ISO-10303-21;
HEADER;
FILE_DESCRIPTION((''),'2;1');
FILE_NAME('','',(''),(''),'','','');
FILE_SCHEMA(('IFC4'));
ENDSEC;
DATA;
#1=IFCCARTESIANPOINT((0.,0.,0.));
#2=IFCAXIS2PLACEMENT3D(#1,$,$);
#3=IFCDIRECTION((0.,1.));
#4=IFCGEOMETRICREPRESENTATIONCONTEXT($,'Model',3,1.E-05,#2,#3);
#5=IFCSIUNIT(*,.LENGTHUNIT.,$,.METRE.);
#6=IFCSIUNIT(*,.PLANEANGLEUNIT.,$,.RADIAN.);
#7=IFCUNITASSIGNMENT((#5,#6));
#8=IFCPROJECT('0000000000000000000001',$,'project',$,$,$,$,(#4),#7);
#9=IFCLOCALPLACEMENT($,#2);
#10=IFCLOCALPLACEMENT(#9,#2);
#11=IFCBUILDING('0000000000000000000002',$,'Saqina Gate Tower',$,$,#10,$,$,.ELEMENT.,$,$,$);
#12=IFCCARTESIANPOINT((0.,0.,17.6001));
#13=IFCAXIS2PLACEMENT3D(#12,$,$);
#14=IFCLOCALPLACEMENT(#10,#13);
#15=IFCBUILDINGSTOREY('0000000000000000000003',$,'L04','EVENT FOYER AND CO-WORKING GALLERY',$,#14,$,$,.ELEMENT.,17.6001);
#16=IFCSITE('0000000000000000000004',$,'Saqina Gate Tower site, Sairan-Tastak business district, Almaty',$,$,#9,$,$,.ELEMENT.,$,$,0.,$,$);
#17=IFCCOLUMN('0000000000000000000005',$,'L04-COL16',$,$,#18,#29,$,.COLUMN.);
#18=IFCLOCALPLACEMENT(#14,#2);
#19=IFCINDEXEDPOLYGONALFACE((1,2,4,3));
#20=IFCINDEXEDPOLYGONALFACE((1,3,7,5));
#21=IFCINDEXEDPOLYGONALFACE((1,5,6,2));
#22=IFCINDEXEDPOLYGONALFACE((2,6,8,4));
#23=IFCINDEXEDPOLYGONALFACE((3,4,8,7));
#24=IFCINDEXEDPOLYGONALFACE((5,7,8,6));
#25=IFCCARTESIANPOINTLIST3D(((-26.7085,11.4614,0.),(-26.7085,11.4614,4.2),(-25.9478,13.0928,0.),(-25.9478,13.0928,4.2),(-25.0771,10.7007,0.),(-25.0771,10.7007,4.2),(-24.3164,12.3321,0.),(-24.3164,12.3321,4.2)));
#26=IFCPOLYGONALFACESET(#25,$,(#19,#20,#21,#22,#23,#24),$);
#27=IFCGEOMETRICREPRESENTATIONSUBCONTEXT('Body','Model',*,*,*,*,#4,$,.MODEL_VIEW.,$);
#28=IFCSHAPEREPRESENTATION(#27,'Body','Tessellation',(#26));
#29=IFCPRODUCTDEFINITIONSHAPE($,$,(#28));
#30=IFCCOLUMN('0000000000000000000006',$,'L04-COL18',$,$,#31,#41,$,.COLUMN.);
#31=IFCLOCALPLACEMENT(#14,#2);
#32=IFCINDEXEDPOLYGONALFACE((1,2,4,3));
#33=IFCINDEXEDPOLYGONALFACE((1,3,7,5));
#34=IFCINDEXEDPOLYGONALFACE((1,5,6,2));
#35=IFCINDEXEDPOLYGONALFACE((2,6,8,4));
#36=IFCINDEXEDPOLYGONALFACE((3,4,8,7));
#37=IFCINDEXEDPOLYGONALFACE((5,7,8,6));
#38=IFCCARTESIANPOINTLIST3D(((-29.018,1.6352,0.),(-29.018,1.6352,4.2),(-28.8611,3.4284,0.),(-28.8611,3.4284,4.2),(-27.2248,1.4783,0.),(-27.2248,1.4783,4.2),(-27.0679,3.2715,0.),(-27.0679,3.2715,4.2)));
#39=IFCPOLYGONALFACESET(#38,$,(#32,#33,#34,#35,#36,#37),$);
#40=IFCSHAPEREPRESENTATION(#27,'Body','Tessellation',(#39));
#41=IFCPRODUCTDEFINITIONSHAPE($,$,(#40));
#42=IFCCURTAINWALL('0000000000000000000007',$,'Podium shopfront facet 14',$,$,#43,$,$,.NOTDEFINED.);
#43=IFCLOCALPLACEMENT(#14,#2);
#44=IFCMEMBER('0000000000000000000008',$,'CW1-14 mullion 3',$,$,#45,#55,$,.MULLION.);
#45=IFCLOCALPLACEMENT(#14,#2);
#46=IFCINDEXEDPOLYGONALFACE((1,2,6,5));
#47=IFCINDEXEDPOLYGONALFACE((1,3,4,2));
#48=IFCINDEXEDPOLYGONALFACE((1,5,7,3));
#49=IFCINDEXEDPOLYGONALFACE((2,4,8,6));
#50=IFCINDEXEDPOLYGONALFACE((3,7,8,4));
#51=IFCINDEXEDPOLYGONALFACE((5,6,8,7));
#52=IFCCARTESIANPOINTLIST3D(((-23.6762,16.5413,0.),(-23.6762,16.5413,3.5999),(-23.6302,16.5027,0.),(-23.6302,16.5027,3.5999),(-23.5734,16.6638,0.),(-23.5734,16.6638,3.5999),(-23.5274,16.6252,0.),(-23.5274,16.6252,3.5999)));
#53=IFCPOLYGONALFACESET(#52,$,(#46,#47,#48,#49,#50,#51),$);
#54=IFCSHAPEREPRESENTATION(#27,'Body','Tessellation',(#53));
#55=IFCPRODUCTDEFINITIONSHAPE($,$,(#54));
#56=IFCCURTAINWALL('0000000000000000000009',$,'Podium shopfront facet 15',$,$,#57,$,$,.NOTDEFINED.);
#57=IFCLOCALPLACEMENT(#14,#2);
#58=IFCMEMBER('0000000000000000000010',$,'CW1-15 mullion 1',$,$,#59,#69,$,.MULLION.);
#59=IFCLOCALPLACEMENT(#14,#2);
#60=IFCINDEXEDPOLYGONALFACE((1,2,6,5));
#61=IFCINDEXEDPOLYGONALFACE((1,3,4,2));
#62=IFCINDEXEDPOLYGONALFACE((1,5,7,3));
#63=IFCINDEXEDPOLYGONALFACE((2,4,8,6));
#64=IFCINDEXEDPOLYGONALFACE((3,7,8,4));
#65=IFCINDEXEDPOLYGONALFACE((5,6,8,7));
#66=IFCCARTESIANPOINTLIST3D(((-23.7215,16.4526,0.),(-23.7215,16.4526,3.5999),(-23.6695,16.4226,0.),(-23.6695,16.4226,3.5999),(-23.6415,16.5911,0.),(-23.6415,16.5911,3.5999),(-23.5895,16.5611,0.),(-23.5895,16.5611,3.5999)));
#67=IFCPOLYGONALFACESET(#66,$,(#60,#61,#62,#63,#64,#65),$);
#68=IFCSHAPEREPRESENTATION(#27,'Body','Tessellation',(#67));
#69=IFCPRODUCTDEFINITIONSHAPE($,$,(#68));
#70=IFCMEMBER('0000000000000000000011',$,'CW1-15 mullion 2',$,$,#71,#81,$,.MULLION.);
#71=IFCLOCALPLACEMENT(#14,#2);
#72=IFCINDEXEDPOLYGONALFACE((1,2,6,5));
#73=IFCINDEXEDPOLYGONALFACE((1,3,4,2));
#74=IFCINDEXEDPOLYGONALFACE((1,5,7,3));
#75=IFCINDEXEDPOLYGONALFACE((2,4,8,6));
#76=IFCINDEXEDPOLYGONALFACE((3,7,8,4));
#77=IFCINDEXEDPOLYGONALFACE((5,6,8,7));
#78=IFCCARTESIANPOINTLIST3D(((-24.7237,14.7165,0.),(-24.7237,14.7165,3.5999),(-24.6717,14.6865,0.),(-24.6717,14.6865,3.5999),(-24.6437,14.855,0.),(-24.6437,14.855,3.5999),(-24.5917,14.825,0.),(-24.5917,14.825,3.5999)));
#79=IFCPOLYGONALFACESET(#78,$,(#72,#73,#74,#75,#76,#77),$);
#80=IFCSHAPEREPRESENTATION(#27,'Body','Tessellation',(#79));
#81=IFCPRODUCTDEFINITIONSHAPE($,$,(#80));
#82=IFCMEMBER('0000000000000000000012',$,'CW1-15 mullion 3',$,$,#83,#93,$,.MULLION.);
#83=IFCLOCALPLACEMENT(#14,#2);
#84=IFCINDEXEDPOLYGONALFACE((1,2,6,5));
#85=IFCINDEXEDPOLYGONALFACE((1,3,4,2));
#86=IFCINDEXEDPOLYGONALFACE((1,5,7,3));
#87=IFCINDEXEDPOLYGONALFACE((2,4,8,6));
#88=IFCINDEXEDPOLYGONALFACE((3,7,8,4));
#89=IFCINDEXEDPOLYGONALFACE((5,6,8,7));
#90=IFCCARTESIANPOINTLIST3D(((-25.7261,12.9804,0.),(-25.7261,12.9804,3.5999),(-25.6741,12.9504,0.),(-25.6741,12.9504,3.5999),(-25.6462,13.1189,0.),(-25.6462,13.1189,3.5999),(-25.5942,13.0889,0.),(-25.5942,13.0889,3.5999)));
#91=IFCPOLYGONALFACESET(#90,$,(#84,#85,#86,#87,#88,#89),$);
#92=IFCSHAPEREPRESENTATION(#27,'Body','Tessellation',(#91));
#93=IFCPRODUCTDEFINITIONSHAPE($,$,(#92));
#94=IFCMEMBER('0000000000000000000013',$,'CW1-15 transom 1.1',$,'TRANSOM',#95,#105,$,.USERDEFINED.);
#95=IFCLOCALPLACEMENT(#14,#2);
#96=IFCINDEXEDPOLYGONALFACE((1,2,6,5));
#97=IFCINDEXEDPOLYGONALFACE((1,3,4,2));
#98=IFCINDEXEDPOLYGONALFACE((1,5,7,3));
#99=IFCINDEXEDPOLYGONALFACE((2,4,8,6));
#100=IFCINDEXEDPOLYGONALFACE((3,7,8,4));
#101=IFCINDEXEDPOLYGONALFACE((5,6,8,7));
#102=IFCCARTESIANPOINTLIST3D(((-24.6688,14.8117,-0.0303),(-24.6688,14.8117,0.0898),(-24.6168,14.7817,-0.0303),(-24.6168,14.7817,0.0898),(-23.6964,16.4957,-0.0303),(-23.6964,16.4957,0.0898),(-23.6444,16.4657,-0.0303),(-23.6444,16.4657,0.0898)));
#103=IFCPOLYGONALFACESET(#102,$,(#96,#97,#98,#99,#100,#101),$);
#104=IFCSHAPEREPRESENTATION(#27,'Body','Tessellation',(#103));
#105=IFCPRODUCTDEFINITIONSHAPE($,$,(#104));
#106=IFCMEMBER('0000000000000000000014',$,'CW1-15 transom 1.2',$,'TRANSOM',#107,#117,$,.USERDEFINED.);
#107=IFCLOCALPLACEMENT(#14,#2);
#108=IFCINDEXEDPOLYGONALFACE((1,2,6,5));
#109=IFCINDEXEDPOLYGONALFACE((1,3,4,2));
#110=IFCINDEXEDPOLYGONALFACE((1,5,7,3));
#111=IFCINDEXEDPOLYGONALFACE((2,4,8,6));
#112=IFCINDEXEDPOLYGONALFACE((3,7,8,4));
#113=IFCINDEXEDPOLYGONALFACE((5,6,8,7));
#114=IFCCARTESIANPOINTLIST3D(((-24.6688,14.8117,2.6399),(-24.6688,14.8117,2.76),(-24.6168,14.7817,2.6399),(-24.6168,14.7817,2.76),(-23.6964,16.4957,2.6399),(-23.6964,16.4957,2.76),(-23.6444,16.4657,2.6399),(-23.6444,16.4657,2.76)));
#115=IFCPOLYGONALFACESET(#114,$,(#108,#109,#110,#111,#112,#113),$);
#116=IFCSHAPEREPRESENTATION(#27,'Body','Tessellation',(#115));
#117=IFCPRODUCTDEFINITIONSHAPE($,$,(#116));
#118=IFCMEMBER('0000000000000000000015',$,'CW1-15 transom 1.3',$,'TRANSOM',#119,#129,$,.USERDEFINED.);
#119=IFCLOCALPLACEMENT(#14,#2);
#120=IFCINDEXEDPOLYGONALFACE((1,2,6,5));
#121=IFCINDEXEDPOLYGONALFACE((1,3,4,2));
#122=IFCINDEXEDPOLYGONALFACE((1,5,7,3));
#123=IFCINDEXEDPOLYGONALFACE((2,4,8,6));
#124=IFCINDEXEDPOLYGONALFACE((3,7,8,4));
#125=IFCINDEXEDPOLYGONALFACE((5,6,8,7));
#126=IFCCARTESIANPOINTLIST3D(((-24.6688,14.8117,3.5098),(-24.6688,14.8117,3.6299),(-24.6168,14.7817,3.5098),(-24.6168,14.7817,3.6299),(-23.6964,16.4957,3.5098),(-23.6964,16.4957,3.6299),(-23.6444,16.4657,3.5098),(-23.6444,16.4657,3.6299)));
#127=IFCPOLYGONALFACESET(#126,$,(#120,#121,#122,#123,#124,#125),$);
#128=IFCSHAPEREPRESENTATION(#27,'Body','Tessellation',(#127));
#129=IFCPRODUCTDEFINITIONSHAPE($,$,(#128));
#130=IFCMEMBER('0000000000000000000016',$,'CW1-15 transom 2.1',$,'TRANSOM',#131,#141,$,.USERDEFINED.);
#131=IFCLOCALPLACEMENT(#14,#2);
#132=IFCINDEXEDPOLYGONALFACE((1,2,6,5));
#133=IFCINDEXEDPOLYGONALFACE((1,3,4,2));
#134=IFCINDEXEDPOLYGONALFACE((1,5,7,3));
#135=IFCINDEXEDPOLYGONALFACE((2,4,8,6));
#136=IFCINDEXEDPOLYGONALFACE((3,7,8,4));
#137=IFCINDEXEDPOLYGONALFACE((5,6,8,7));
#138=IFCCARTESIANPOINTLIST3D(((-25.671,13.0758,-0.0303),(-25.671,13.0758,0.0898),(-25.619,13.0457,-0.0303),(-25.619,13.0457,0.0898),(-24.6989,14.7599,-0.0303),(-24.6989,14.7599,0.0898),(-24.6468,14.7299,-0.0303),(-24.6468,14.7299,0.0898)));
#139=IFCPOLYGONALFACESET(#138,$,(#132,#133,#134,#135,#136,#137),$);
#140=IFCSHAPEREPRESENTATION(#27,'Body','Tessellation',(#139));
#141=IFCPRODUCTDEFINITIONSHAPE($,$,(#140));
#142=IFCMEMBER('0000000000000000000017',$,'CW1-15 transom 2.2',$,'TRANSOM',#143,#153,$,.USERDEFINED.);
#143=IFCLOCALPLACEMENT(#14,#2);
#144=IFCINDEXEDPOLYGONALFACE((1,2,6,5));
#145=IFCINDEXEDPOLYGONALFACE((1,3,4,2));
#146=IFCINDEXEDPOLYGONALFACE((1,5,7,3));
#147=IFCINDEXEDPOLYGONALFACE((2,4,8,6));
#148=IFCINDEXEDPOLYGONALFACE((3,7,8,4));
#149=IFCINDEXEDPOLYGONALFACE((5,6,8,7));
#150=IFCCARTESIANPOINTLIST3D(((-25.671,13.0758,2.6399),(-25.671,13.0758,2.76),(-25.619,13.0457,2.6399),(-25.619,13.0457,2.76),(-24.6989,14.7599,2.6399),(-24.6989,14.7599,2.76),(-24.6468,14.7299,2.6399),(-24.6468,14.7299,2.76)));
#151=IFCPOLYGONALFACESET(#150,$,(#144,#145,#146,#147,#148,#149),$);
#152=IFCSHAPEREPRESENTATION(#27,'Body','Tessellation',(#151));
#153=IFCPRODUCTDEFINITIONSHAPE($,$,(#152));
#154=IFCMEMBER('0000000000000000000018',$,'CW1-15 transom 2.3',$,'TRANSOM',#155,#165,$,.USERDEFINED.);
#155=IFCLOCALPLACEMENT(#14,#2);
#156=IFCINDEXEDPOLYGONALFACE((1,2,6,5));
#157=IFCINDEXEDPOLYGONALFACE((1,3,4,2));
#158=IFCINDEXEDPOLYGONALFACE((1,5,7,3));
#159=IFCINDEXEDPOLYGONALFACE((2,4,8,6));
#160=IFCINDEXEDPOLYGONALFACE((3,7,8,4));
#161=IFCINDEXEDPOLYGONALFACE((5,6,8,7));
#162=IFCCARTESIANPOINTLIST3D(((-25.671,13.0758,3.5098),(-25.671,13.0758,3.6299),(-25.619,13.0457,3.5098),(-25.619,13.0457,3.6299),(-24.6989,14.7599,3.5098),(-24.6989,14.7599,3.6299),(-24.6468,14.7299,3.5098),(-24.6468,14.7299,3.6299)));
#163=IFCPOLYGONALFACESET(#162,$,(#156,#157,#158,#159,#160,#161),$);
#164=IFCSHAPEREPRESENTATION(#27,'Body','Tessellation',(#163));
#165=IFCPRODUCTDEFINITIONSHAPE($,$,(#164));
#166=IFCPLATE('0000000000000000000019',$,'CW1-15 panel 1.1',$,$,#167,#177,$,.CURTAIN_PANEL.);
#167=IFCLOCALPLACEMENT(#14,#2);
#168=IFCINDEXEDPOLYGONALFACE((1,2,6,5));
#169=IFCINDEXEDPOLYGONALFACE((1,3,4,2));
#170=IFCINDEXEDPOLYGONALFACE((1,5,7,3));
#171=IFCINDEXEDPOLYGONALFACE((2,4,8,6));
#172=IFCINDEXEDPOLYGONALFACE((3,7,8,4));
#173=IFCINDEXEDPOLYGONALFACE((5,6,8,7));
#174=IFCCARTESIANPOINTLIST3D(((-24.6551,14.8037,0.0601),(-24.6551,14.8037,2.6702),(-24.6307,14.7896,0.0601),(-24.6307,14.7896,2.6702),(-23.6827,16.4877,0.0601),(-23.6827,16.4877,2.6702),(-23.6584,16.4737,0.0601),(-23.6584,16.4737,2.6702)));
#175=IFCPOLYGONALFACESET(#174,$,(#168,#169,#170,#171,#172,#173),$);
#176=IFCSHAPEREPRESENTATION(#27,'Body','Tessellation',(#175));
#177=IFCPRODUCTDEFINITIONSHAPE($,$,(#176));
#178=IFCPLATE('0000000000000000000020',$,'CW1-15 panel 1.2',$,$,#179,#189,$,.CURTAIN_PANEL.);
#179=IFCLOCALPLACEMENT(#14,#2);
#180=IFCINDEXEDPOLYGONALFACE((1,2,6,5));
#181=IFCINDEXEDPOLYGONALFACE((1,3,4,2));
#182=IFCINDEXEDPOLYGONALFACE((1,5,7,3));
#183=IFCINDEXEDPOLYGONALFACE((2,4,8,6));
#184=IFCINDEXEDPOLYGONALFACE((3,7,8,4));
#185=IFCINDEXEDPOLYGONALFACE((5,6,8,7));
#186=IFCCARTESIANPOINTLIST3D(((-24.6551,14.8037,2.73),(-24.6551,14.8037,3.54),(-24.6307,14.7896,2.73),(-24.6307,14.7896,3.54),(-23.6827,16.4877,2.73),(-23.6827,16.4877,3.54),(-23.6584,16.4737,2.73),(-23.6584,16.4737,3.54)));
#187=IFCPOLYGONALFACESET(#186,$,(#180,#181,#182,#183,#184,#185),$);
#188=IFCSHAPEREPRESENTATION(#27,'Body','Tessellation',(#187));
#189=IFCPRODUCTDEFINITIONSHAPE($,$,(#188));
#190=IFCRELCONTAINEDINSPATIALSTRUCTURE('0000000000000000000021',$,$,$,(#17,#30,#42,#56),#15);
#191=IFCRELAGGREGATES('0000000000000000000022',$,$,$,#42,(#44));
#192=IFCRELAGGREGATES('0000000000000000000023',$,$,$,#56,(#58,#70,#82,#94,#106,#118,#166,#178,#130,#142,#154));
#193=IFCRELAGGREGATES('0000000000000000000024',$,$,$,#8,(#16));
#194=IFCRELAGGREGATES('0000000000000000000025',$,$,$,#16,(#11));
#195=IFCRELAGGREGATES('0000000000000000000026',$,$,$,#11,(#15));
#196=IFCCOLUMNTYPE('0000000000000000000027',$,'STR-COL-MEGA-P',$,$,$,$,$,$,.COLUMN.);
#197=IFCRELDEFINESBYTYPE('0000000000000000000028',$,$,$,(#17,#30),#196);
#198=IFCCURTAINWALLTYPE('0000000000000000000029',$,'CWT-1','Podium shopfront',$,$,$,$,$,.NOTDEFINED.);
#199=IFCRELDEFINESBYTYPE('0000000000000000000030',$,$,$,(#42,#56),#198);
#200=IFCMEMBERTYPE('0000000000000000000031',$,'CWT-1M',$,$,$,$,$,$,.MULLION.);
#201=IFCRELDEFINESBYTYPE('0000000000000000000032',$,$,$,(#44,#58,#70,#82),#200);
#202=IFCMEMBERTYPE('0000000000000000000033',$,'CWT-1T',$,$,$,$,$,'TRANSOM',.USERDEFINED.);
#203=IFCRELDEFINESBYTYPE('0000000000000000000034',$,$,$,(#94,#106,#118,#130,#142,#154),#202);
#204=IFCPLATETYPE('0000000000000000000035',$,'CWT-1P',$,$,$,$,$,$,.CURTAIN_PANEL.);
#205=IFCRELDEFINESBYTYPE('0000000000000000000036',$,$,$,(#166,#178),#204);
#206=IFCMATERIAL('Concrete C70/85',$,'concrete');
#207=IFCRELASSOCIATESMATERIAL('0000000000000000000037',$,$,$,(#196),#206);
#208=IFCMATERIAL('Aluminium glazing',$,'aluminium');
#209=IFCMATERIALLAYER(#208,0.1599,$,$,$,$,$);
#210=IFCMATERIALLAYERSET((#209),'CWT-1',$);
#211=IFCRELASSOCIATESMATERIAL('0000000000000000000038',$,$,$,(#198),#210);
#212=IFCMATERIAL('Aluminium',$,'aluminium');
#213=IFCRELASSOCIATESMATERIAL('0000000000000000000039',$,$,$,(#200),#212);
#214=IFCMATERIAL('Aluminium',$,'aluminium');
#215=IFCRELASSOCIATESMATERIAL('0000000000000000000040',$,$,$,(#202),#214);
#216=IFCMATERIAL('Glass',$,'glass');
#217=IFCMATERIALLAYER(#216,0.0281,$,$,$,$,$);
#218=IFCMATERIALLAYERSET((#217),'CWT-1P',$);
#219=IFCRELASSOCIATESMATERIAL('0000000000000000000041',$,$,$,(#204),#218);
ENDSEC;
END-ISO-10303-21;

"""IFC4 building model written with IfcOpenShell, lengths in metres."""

from ifc_helpers import new_model, si_unit, direction, frame, origin, origin_2d, place, context, subcontext, project, spatial, rectangle, extrude, material, layer, layer_set, material_profile, profile_set, type_object, element, aggregate, save


model = new_model("IFC4")

# Units and contexts
model_context = context("Model", 3, precision=1e-05, world=origin(), true_north=direction((0.0, 1.0)))
body_context = subcontext(model_context, "Body", "Model", "MODEL_VIEW")
ifc_project = project(units=[si_unit("LENGTHUNIT", "METRE"), si_unit("PLANEANGLEUNIT", "RADIAN")], contexts=[model_context])

# Site, building, storey
site_placement = place(None, origin())
site = spatial("IfcSite", under=ifc_project, at=site_placement, Name="Saqina Gate Tower site, Sairan-Tastak business district, Almaty", CompositionType="ELEMENT", RefElevation=0.0)
building_placement = place(site_placement, origin())
building = spatial("IfcBuilding", under=site, at=building_placement, Name="Saqina Gate Tower", CompositionType="ELEMENT")
storey_placement = place(building_placement, frame((0.0, 0.0, 17.6001)))
storey = spatial("IfcBuildingStorey", under=building, at=storey_placement, Name="L04", Description="EVENT FOYER AND CO-WORKING GALLERY", CompositionType="ELEMENT", Elevation=17.6001)

# Columns
ifc_material_1 = material(Name="Concrete C70/85", Category="concrete")
ifc_material_profile_1 = material_profile(ifc_material_1, rectangle(XDim=1.8, YDim=1.8, at=origin_2d()), Name="RC 1800x1800")
ifc_profile_set_1 = profile_set([ifc_material_profile_1], Name="Concrete C70/85")
column_type = type_object("IfcColumnType", Name="STR-COL-MEGA-P", PredefinedType="COLUMN", material=ifc_profile_set_1)
for number, where, z_axis, x_axis, name in (
    (1, (-25.5125, 11.8967, 0.0), (0.0, 0.0, 1.0), (-0.906308, 0.422618, 0.0), "L04-COL16"),
    (2, (-28.043, 2.4534, 0.0), (0.0, 0.0, 1.0), (-0.996195, 0.087156, 0.0), "L04-COL18"),
):
    element("IfcColumn", number, at=place(storey_placement, frame(where, z_axis=z_axis, x_axis=x_axis)), inside=storey, type_object=column_type, Name=name, PredefinedType="COLUMN", context=body_context, shape_type="SweptSolid", body=[
        extrude(rectangle(XDim=1.8, YDim=1.8, at=origin_2d()), origin(), (0.0, 0.0, 1.0), 4.2),
    ])

# Curtain wall, member
ifc_material_2 = material(Name="Aluminium glazing", Category="aluminium")
ifc_layer_1 = layer(ifc_material_2, 0.1599)
ifc_layer_set_1 = layer_set([ifc_layer_1], Name="CWT-1")
curtain_wall_type = type_object("IfcCurtainWallType", Name="CWT-1", Description="Podium shopfront", PredefinedType="NOTDEFINED", material=ifc_layer_set_1)
curtain_wall_1_placement = place(storey_placement, origin())
curtain_wall_1 = element("IfcCurtainWall", 3, at=curtain_wall_1_placement, inside=storey, type_object=curtain_wall_type, Name="Podium shopfront facet 14", PredefinedType="NOTDEFINED")
ifc_material_3 = material(Name="Aluminium", Category="aluminium")
ifc_material_profile_2 = material_profile(ifc_material_3, rectangle(XDim=0.0601, YDim=0.1599, at=origin_2d()), Name="Aluminium 60x160")
ifc_profile_set_2 = profile_set([ifc_material_profile_2], Name="Aluminium")
member_type_1 = type_object("IfcMemberType", Name="CWT-1M", PredefinedType="MULLION", material=ifc_profile_set_2)
member_1_placement = place(storey_placement, frame((-23.6018, 16.5833, 0.0), z_axis=(0.0, 0.0, 1.0), x_axis=(0.766051, -0.642779, 0.0)))
member_1 = element("IfcMember", 4, at=member_1_placement, type_object=member_type_1, Name="CW1-14 mullion 3", PredefinedType="MULLION", context=body_context, shape_type="SweptSolid", body=[
    extrude(rectangle(XDim=0.0601, YDim=0.1599, at=origin_2d()), origin(), (0.0, 0.0, 1.0), 3.5999),
])
aggregate(curtain_wall_1, [member_1])

# Curtain wall, members, plates
curtain_wall_2_placement = place(storey_placement, origin())
curtain_wall_2 = element("IfcCurtainWall", 5, at=curtain_wall_2_placement, inside=storey, type_object=curtain_wall_type, Name="Podium shopfront facet 15", PredefinedType="NOTDEFINED")
member_2_placement = place(storey_placement, frame((-23.6555, 16.5068, 0.0), z_axis=(0.0, 0.0, 1.0), x_axis=(0.866017, -0.500014, 0.0)))
member_2 = element("IfcMember", 6, at=member_2_placement, type_object=member_type_1, Name="CW1-15 mullion 1", PredefinedType="MULLION", context=body_context, shape_type="SweptSolid", body=[
    extrude(rectangle(XDim=0.0601, YDim=0.1599, at=origin_2d()), origin(), (0.0, 0.0, 1.0), 3.5999),
])
member_3_placement = place(storey_placement, frame((-24.6577, 14.7708, 0.0), z_axis=(0.0, 0.0, 1.0), x_axis=(0.866017, -0.500014, 0.0)))
member_3 = element("IfcMember", 7, at=member_3_placement, type_object=member_type_1, Name="CW1-15 mullion 2", PredefinedType="MULLION", context=body_context, shape_type="SweptSolid", body=[
    extrude(rectangle(XDim=0.0601, YDim=0.1599, at=origin_2d()), origin(), (0.0, 0.0, 1.0), 3.5999),
])
member_4_placement = place(storey_placement, frame((-25.6602, 13.0347, 0.0), z_axis=(0.0, 0.0, 1.0), x_axis=(0.866017, -0.500014, 0.0)))
member_4 = element("IfcMember", 8, at=member_4_placement, type_object=member_type_1, Name="CW1-15 mullion 3", PredefinedType="MULLION", context=body_context, shape_type="SweptSolid", body=[
    extrude(rectangle(XDim=0.0601, YDim=0.1599, at=origin_2d()), origin(), (0.0, 0.0, 1.0), 3.5999),
])
ifc_material_4 = material(Name="Aluminium", Category="aluminium")
ifc_material_profile_3 = material_profile(ifc_material_4, rectangle(XDim=0.0601, YDim=0.1201, at=origin_2d()), Name="Aluminium 60x120")
ifc_profile_set_3 = profile_set([ifc_material_profile_3], Name="Aluminium")
member_type_2 = type_object("IfcMemberType", Name="CWT-1T", ElementType="TRANSOM", PredefinedType="USERDEFINED", material=ifc_profile_set_3)
member_5_placement = place(storey_placement, frame((-23.6704, 16.4807, 0.0298), z_axis=(-0.500041, -0.866002, 0.0), x_axis=(0.866002, -0.500041, 0.0)))
member_5 = element("IfcMember", 9, at=member_5_placement, type_object=member_type_2, Name="CW1-15 transom 1.1", ObjectType="TRANSOM", PredefinedType="USERDEFINED", context=body_context, shape_type="SweptSolid", body=[
    extrude(rectangle(XDim=0.0601, YDim=0.1201, at=origin_2d()), origin(), (0.0, 0.0, 1.0), 1.9446),
])
member_6_placement = place(storey_placement, frame((-23.6704, 16.4807, 2.7), z_axis=(-0.500041, -0.866002, 0.0), x_axis=(0.866002, -0.500041, 0.0)))
member_6 = element("IfcMember", 10, at=member_6_placement, type_object=member_type_2, Name="CW1-15 transom 1.2", ObjectType="TRANSOM", PredefinedType="USERDEFINED", context=body_context, shape_type="SweptSolid", body=[
    extrude(rectangle(XDim=0.0601, YDim=0.1201, at=origin_2d()), origin(), (0.0, 0.0, 1.0), 1.9446),
])
member_7_placement = place(storey_placement, frame((-23.6704, 16.4807, 3.5698), z_axis=(-0.500041, -0.866002, 0.0), x_axis=(0.866002, -0.500041, 0.0)))
member_7 = element("IfcMember", 11, at=member_7_placement, type_object=member_type_2, Name="CW1-15 transom 1.3", ObjectType="TRANSOM", PredefinedType="USERDEFINED", context=body_context, shape_type="SweptSolid", body=[
    extrude(rectangle(XDim=0.0601, YDim=0.1201, at=origin_2d()), origin(), (0.0, 0.0, 1.0), 1.9446),
])
member_8_placement = place(storey_placement, frame((-24.6729, 14.7449, 0.0298), z_axis=(-0.499947, -0.866056, 0.0), x_axis=(0.866056, -0.499947, 0.0)))
member_8 = element("IfcMember", 12, at=member_8_placement, type_object=member_type_2, Name="CW1-15 transom 2.1", ObjectType="TRANSOM", PredefinedType="USERDEFINED", context=body_context, shape_type="SweptSolid", body=[
    extrude(rectangle(XDim=0.0601, YDim=0.1201, at=origin_2d()), origin(), (0.0, 0.0, 1.0), 1.9446),
])
member_9_placement = place(storey_placement, frame((-24.6729, 14.7449, 2.7), z_axis=(-0.499947, -0.866056, 0.0), x_axis=(0.866056, -0.499947, 0.0)))
member_9 = element("IfcMember", 13, at=member_9_placement, type_object=member_type_2, Name="CW1-15 transom 2.2", ObjectType="TRANSOM", PredefinedType="USERDEFINED", context=body_context, shape_type="SweptSolid", body=[
    extrude(rectangle(XDim=0.0601, YDim=0.1201, at=origin_2d()), origin(), (0.0, 0.0, 1.0), 1.9446),
])
member_10_placement = place(storey_placement, frame((-24.6729, 14.7449, 3.5698), z_axis=(-0.499947, -0.866056, 0.0), x_axis=(0.866056, -0.499947, 0.0)))
member_10 = element("IfcMember", 14, at=member_10_placement, type_object=member_type_2, Name="CW1-15 transom 2.3", ObjectType="TRANSOM", PredefinedType="USERDEFINED", context=body_context, shape_type="SweptSolid", body=[
    extrude(rectangle(XDim=0.0601, YDim=0.1201, at=origin_2d()), origin(), (0.0, 0.0, 1.0), 1.9446),
])
ifc_material_5 = material(Name="Glass", Category="glass")
ifc_layer_2 = layer(ifc_material_5, 0.0281)
ifc_layer_set_2 = layer_set([ifc_layer_2], Name="CWT-1P")
plate_type = type_object("IfcPlateType", Name="CWT-1P", PredefinedType="CURTAIN_PANEL", material=ifc_layer_set_2)
plate_1_placement = place(storey_placement, frame((-24.1567, 15.6387, 0.0601), z_axis=(0.0, 0.0, 1.0), x_axis=(-0.500014, -0.866017, 0.0)))
plate_1 = element("IfcPlate", 15, at=plate_1_placement, type_object=plate_type, Name="CW1-15 panel 1.1", PredefinedType="CURTAIN_PANEL", context=body_context, shape_type="SweptSolid", body=[
    extrude(rectangle(XDim=1.9446, YDim=0.0281, at=origin_2d()), origin(), (0.0, 0.0, 1.0), 2.6101),
])
plate_2_placement = place(storey_placement, frame((-24.1567, 15.6387, 2.73), z_axis=(0.0, 0.0, 1.0), x_axis=(-0.500014, -0.866017, 0.0)))
plate_2 = element("IfcPlate", 16, at=plate_2_placement, type_object=plate_type, Name="CW1-15 panel 1.2", PredefinedType="CURTAIN_PANEL", context=body_context, shape_type="SweptSolid", body=[
    extrude(rectangle(XDim=1.9446, YDim=0.0281, at=origin_2d()), origin(), (0.0, 0.0, 1.0), 0.8101),
])
aggregate(curtain_wall_2, [member_2, member_3, member_4, member_5, member_6, member_7, plate_1, plate_2, member_8, member_9, member_10])

save(model, "model.ifc")
